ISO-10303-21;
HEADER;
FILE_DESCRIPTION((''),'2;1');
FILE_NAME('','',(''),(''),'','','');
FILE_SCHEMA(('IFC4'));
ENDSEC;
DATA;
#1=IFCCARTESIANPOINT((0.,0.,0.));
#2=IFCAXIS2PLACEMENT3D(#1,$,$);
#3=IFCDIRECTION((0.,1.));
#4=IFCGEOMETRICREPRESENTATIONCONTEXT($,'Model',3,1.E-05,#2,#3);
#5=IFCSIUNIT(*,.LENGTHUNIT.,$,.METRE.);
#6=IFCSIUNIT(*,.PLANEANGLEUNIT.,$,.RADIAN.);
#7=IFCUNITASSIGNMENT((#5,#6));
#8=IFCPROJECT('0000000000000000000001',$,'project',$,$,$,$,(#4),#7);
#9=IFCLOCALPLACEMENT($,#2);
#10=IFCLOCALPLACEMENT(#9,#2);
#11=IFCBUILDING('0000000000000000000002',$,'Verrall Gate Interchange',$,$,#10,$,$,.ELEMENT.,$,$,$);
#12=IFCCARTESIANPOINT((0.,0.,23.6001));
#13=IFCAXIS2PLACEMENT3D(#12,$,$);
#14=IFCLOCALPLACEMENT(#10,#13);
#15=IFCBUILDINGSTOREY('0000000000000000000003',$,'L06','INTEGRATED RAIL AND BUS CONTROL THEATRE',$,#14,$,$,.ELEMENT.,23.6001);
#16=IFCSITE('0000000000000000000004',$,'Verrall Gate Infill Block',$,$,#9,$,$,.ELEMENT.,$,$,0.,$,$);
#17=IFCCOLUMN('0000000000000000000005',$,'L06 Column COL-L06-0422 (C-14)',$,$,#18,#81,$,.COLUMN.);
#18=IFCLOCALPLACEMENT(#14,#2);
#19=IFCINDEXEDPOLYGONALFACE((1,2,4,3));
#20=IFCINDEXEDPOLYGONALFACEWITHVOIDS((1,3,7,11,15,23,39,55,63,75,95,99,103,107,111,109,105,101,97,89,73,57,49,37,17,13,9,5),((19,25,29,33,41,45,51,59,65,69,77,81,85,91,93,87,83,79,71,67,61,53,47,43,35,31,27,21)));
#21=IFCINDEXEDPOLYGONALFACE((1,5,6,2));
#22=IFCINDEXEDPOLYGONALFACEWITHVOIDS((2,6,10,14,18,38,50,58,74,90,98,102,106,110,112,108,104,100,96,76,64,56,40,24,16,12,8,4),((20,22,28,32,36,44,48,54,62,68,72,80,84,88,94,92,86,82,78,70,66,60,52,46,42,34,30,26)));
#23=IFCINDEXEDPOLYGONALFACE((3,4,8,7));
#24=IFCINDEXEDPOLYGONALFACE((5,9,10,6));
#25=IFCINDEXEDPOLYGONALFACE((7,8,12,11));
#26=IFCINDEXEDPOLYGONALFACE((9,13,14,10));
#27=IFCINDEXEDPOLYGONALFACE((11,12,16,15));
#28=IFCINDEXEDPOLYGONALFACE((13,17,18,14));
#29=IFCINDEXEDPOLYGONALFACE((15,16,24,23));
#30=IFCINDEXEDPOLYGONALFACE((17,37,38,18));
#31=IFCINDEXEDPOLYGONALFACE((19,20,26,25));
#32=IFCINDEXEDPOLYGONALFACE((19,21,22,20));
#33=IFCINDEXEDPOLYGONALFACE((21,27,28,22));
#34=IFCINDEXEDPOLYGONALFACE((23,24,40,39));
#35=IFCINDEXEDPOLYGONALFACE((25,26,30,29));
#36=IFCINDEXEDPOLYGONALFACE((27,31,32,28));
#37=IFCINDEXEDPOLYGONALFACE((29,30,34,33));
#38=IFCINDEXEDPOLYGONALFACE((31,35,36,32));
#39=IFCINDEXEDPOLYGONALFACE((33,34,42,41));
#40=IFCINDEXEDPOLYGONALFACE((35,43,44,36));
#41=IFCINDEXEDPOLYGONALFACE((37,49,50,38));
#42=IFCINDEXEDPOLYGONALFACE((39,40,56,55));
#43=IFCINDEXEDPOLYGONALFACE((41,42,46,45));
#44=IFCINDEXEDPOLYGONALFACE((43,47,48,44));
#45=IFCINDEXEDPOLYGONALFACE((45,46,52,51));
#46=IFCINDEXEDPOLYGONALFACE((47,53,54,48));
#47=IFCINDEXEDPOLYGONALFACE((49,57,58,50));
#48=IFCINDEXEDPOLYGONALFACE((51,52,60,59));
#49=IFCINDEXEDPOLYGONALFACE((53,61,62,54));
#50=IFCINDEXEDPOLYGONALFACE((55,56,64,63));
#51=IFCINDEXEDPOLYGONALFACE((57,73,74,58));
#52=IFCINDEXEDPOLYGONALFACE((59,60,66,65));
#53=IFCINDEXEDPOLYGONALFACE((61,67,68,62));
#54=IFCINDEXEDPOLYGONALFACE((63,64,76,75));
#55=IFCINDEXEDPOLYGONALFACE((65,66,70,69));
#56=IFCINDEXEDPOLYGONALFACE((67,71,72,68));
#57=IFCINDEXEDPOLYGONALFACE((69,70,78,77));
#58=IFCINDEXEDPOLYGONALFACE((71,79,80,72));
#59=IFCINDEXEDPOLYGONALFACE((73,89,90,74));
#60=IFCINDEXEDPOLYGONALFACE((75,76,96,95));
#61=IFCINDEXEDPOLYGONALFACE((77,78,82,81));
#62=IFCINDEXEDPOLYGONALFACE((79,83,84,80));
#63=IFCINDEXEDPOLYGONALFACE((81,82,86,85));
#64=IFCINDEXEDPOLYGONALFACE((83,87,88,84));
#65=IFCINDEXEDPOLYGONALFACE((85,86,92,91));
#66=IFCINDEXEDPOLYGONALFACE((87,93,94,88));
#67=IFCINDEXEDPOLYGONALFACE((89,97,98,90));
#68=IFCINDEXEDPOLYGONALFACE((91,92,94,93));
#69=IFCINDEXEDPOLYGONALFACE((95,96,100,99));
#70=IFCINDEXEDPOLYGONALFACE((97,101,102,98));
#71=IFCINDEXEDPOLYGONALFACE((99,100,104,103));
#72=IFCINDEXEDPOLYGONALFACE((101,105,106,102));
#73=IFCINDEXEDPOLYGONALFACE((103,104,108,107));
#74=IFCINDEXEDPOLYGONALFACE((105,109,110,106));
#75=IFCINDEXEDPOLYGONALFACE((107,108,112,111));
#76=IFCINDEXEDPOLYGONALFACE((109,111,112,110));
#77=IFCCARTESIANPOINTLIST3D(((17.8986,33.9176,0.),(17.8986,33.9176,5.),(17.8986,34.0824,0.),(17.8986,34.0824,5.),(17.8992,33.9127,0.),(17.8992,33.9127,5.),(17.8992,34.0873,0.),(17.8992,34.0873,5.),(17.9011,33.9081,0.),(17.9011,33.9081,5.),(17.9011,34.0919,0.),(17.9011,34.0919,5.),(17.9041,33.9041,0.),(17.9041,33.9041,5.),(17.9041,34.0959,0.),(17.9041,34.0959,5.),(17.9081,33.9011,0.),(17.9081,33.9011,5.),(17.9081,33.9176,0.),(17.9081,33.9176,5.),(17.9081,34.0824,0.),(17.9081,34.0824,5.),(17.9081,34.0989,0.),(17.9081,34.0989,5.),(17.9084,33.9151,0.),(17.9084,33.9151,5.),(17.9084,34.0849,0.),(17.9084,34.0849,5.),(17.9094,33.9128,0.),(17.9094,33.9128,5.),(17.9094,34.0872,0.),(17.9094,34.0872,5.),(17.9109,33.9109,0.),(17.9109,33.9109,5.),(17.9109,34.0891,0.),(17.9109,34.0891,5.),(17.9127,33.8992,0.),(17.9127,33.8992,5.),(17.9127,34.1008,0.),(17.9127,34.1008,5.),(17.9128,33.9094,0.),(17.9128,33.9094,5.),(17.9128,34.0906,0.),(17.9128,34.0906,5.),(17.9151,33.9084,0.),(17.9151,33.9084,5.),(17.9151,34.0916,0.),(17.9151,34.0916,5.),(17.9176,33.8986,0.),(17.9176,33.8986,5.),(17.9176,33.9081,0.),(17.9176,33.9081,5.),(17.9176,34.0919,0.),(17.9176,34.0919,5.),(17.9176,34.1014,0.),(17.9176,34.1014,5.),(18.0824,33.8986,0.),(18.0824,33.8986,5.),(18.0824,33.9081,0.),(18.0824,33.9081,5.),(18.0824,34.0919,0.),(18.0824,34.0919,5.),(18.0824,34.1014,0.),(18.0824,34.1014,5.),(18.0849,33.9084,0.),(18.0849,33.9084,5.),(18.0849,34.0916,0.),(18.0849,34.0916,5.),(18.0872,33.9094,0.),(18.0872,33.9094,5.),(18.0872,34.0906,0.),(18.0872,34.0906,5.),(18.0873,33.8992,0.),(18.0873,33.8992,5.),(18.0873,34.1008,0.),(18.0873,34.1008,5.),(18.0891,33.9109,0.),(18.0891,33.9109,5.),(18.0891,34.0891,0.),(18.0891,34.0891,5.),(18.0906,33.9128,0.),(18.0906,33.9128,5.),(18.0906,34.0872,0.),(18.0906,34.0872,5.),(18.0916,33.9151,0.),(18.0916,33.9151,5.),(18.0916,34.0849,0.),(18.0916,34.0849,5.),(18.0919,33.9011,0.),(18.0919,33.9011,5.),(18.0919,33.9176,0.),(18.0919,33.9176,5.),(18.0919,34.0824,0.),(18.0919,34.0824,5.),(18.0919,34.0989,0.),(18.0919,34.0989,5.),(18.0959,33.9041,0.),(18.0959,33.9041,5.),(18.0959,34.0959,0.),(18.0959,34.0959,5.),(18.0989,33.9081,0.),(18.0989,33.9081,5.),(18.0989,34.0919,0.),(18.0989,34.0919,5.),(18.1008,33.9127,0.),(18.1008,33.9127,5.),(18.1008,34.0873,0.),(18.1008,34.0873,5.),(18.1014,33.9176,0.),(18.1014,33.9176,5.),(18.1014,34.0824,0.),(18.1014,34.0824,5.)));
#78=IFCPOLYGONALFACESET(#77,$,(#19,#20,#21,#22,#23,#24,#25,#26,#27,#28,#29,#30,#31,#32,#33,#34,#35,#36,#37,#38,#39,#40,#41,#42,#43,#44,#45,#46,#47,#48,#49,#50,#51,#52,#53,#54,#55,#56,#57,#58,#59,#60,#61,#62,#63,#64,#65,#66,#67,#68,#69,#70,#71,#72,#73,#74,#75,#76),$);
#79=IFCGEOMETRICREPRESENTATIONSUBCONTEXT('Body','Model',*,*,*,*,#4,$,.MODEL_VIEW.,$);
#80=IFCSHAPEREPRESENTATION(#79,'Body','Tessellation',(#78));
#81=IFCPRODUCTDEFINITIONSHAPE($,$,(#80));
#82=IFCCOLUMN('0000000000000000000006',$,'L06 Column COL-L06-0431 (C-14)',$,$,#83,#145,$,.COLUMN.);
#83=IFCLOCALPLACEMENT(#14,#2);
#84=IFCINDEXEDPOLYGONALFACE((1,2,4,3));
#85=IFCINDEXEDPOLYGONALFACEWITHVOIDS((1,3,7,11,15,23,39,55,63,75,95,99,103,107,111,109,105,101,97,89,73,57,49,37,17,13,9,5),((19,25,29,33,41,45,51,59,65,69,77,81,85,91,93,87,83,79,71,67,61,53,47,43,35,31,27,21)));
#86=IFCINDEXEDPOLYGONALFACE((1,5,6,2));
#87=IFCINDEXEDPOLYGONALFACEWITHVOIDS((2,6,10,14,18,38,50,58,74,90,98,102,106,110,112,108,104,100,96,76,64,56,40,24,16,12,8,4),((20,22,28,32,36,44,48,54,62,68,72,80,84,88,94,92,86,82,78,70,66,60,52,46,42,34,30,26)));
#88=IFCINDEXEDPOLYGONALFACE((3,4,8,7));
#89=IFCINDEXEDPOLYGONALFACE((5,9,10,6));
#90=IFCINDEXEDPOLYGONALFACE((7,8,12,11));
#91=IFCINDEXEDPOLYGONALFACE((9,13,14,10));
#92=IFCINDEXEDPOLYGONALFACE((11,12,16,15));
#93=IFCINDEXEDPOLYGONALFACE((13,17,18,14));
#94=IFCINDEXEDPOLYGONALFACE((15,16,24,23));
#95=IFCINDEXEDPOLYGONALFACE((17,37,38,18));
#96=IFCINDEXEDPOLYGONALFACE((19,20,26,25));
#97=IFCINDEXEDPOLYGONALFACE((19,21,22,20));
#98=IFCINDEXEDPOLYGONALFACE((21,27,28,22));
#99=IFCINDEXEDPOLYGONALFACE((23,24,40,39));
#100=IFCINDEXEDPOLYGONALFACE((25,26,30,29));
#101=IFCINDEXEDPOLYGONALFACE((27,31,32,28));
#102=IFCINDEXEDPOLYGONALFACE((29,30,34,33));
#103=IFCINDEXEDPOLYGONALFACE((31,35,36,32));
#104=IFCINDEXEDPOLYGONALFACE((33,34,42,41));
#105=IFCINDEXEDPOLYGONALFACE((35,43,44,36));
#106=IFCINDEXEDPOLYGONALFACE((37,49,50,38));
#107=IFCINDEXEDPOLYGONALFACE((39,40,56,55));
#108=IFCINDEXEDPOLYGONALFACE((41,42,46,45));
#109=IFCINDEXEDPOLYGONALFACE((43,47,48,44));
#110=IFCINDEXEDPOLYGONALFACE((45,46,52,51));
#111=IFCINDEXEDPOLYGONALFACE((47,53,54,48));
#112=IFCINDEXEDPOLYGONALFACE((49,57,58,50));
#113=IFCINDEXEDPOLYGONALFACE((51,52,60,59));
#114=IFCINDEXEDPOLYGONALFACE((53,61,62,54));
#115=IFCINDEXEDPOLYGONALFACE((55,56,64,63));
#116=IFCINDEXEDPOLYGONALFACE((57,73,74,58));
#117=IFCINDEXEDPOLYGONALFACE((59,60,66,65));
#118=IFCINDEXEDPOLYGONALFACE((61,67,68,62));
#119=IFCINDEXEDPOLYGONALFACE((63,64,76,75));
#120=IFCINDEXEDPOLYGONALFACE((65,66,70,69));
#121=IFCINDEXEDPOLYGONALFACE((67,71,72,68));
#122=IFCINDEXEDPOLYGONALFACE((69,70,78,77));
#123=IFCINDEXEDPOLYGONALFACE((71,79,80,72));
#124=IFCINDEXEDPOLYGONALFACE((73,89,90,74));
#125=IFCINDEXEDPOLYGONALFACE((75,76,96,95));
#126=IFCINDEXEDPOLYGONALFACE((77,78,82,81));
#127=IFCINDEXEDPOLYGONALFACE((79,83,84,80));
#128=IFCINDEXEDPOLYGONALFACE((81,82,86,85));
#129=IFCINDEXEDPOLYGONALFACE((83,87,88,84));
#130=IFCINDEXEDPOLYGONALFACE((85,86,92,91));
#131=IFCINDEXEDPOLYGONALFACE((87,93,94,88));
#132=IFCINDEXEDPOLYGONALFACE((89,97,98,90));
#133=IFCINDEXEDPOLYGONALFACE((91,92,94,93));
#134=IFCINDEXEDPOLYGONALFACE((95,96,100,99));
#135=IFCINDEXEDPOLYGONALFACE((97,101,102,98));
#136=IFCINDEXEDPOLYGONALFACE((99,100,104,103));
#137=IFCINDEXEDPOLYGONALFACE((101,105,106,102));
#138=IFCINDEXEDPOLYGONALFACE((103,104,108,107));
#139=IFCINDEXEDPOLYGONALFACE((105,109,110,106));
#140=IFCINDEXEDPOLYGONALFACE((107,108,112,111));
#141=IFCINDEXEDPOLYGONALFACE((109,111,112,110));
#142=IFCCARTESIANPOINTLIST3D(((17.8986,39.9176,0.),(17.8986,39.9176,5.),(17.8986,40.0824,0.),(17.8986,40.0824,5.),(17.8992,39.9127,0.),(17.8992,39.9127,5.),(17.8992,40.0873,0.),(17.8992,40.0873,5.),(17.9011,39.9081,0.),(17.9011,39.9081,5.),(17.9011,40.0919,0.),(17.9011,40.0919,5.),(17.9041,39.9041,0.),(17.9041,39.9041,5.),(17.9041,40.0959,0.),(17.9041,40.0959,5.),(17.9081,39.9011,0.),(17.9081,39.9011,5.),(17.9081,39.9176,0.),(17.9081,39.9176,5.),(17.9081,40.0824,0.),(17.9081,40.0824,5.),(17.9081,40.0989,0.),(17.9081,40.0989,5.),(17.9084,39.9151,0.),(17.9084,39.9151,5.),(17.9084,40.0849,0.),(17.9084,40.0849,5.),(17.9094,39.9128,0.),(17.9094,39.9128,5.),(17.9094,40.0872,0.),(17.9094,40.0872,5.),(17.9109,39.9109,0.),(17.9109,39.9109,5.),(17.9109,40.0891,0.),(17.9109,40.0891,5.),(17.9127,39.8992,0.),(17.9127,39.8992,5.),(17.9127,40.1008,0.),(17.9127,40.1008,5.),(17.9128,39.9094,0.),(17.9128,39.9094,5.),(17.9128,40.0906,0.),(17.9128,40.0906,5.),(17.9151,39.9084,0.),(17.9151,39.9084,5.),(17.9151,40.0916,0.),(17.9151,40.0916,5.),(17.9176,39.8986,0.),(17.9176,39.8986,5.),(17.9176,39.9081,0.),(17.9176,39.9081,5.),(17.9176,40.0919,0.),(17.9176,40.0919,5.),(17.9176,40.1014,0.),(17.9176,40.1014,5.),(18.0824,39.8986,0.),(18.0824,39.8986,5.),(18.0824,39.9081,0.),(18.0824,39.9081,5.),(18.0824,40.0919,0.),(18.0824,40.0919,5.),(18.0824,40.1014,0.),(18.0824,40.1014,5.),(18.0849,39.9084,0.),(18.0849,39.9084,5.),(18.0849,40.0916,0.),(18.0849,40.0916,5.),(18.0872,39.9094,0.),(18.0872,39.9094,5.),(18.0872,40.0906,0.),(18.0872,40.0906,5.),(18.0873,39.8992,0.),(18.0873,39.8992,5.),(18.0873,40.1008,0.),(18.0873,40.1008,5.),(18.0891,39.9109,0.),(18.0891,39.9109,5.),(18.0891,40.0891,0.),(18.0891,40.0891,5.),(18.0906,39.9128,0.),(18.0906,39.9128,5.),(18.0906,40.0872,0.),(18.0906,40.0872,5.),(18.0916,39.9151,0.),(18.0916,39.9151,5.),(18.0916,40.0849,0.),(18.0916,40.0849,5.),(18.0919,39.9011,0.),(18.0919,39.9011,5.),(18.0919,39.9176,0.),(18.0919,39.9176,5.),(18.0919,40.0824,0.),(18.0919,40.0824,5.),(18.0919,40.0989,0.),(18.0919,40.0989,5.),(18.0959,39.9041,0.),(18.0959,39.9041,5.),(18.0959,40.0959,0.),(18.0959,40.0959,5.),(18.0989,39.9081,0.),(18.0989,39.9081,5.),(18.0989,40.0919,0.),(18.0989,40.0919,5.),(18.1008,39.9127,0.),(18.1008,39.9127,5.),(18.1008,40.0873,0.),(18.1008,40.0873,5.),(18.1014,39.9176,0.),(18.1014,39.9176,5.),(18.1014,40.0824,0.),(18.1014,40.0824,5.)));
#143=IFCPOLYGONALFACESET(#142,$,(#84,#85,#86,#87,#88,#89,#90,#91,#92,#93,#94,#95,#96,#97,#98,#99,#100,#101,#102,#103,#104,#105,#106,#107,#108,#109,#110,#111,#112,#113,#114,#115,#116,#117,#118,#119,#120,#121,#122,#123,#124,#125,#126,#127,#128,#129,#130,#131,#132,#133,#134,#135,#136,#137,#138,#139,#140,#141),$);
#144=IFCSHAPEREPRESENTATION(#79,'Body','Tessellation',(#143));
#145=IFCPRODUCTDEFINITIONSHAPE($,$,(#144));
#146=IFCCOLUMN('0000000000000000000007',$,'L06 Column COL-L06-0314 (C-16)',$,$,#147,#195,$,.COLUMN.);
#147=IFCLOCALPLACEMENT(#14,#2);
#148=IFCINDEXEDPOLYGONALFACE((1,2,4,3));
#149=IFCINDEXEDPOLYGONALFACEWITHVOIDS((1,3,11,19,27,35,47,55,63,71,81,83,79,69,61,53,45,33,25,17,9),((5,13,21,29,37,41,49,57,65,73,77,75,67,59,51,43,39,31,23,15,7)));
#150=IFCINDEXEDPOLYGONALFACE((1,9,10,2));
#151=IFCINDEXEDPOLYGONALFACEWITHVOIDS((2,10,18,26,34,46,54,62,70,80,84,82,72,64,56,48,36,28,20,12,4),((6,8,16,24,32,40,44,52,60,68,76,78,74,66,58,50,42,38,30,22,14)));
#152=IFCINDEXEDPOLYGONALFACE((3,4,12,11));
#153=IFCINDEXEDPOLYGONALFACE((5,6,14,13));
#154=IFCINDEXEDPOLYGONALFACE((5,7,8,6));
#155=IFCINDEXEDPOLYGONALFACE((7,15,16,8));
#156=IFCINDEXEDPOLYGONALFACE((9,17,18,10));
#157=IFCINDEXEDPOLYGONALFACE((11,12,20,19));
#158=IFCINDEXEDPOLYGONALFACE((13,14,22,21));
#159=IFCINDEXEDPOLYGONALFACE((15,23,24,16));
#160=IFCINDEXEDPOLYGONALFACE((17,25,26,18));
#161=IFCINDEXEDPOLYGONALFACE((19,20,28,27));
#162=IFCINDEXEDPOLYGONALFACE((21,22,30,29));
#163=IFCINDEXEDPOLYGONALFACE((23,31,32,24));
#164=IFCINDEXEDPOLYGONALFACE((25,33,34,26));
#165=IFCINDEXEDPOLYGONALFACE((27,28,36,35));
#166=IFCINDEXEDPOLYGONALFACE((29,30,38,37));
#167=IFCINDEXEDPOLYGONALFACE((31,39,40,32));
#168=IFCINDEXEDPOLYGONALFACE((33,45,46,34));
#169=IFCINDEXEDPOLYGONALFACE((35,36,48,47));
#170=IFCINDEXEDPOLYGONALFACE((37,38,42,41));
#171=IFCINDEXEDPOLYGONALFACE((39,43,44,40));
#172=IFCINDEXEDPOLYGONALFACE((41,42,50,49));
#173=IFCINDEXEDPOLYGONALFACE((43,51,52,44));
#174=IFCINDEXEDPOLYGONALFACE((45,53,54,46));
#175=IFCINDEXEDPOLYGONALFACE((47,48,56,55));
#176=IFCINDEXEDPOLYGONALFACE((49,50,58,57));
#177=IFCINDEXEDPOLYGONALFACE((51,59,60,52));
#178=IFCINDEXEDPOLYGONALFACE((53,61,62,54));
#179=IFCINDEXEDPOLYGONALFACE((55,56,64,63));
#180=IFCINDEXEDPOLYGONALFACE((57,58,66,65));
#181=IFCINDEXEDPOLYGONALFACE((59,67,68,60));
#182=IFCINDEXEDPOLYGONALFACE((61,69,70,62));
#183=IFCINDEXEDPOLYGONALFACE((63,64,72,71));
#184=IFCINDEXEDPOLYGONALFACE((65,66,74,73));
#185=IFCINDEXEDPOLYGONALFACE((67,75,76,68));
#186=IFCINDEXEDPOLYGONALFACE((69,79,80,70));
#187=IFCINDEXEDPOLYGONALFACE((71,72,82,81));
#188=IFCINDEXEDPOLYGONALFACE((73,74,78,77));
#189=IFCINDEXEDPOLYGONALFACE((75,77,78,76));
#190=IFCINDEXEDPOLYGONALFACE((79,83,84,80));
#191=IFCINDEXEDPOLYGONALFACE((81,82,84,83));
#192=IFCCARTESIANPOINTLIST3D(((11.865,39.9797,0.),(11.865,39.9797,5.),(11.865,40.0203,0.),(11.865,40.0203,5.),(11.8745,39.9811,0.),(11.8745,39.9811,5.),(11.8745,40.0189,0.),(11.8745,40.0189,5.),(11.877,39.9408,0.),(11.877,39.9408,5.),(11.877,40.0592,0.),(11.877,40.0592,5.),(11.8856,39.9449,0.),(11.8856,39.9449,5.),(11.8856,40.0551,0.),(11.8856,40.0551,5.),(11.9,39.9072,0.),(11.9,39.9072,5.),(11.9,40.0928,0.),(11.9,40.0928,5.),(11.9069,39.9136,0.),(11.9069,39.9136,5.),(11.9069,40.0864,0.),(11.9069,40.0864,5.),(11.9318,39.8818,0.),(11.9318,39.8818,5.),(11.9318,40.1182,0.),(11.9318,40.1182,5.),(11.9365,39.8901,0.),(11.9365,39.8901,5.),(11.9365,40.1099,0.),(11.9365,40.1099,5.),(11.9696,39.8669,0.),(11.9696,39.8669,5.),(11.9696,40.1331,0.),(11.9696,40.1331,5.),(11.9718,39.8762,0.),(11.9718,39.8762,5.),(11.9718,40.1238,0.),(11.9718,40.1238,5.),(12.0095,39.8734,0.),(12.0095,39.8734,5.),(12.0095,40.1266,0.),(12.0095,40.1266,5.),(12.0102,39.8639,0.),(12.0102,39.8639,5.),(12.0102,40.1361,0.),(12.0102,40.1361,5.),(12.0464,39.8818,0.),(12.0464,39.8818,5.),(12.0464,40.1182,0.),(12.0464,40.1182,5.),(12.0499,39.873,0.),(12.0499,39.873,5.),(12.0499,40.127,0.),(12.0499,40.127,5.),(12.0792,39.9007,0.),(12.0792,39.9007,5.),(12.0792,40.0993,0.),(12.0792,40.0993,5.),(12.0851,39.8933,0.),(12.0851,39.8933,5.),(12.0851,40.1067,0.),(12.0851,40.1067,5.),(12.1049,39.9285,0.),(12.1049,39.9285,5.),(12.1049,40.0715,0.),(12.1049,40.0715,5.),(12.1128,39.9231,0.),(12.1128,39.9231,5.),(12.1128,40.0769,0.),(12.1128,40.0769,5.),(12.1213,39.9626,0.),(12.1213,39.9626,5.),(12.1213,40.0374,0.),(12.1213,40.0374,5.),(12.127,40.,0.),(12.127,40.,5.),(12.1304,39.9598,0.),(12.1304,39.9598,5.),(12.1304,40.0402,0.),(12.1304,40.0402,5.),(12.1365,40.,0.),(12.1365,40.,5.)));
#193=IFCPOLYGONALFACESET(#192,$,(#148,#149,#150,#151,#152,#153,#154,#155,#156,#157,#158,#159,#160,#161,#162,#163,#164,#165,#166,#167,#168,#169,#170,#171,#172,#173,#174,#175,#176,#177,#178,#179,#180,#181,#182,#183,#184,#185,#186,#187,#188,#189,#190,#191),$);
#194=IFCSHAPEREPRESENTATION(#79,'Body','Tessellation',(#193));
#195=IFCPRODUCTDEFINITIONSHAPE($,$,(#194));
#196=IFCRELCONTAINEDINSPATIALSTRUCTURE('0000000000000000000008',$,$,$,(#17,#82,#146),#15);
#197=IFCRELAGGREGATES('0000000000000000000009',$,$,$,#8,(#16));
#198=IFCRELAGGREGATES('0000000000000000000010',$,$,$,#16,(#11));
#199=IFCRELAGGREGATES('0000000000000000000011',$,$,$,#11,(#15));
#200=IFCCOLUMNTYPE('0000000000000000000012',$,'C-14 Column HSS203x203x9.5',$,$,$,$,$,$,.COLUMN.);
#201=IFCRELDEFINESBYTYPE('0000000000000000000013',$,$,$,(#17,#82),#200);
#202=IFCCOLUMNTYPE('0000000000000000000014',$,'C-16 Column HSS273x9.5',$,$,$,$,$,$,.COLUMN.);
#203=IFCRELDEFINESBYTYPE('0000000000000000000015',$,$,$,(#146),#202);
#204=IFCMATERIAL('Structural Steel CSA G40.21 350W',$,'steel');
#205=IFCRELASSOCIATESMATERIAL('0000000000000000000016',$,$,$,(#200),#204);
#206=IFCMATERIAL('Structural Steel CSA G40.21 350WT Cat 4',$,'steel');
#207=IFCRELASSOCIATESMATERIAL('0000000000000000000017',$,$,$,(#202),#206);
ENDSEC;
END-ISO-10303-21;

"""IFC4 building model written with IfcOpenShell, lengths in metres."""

from ifc_helpers import new_model, si_unit, direction, frame, origin, origin_2d, place, context, subcontext, project, spatial, hollow_rectangle, hollow_circle, extrude, material, material_profile, profile_set, type_object, element, save


model = new_model("IFC4")

# Units and contexts
model_context = context("Model", 3, precision=1e-05, world=origin(), true_north=direction((0.0, 1.0)))
body_context = subcontext(model_context, "Body", "Model", "MODEL_VIEW")
ifc_project = project(units=[si_unit("LENGTHUNIT", "METRE"), si_unit("PLANEANGLEUNIT", "RADIAN")], contexts=[model_context])

# Site, building, storey
site_placement = place(None, origin())
site = spatial("IfcSite", under=ifc_project, at=site_placement, Name="Verrall Gate Infill Block", CompositionType="ELEMENT", RefElevation=0.0)
building_placement = place(site_placement, origin())
building = spatial("IfcBuilding", under=site, at=building_placement, Name="Verrall Gate Interchange", CompositionType="ELEMENT")
storey_placement = place(building_placement, frame((0.0, 0.0, 23.6001)))
storey = spatial("IfcBuildingStorey", under=building, at=storey_placement, Name="L06", Description="INTEGRATED RAIL AND BUS CONTROL THEATRE", CompositionType="ELEMENT", Elevation=23.6001)

# Columns
ifc_material_1 = material(Name="Structural Steel CSA G40.21 350W", Category="steel")
ifc_material_profile_1 = material_profile(ifc_material_1, hollow_rectangle(XDim=0.2029, YDim=0.2029, WallThickness=0.0095, InnerFilletRadius=0.0095, OuterFilletRadius=0.019, at=origin_2d()), Name="HSS203x203x9.5")
ifc_profile_set_1 = profile_set([ifc_material_profile_1], Name="Structural Steel CSA G40.21 350W")
column_type_1 = type_object("IfcColumnType", Name="C-14 Column HSS203x203x9.5", PredefinedType="COLUMN", material=ifc_profile_set_1)
for number, where, z_axis, x_axis, name in (
    (1, (18.0, 34.0, 0.0), (0.0, 0.0, 1.0), (1.0, 0.0, 0.0), "L06 Column COL-L06-0422 (C-14)"),
    (2, (18.0, 40.0, 0.0), (0.0, 0.0, 1.0), (1.0, 0.0, 0.0), "L06 Column COL-L06-0431 (C-14)"),
):
    element("IfcColumn", number, at=place(storey_placement, frame(where, z_axis=z_axis, x_axis=x_axis)), inside=storey, type_object=column_type_1, Name=name, PredefinedType="COLUMN", context=body_context, shape_type="SweptSolid", body=[
        extrude(hollow_rectangle(XDim=0.2029, YDim=0.2029, WallThickness=0.0095, InnerFilletRadius=0.0095, OuterFilletRadius=0.019, at=origin_2d()), origin(), (0.0, 0.0, 1.0), 5.0),
    ])
ifc_material_2 = material(Name="Structural Steel CSA G40.21 350WT Cat 4", Category="steel")
ifc_material_profile_2 = material_profile(ifc_material_2, hollow_circle(Radius=0.1365, WallThickness=0.0095, at=origin_2d()), Name="HSS273x9.5")
ifc_profile_set_2 = profile_set([ifc_material_profile_2], Name="Structural Steel CSA G40.21 350WT Cat 4")
column_type_2 = type_object("IfcColumnType", Name="C-16 Column HSS273x9.5", PredefinedType="COLUMN", material=ifc_profile_set_2)
column_placement = place(storey_placement, frame((12.0, 40.0, 0.0), z_axis=(0.0, 0.0, 1.0), x_axis=(1.0, 0.0, 0.0)))
element("IfcColumn", 3, at=column_placement, inside=storey, type_object=column_type_2, Name="L06 Column COL-L06-0314 (C-16)", PredefinedType="COLUMN", context=body_context, shape_type="SweptSolid", body=[
    extrude(hollow_circle(Radius=0.1365, WallThickness=0.0095, at=origin_2d()), origin(), (0.0, 0.0, 1.0), 5.0),
])

save(model, "model.ifc")
